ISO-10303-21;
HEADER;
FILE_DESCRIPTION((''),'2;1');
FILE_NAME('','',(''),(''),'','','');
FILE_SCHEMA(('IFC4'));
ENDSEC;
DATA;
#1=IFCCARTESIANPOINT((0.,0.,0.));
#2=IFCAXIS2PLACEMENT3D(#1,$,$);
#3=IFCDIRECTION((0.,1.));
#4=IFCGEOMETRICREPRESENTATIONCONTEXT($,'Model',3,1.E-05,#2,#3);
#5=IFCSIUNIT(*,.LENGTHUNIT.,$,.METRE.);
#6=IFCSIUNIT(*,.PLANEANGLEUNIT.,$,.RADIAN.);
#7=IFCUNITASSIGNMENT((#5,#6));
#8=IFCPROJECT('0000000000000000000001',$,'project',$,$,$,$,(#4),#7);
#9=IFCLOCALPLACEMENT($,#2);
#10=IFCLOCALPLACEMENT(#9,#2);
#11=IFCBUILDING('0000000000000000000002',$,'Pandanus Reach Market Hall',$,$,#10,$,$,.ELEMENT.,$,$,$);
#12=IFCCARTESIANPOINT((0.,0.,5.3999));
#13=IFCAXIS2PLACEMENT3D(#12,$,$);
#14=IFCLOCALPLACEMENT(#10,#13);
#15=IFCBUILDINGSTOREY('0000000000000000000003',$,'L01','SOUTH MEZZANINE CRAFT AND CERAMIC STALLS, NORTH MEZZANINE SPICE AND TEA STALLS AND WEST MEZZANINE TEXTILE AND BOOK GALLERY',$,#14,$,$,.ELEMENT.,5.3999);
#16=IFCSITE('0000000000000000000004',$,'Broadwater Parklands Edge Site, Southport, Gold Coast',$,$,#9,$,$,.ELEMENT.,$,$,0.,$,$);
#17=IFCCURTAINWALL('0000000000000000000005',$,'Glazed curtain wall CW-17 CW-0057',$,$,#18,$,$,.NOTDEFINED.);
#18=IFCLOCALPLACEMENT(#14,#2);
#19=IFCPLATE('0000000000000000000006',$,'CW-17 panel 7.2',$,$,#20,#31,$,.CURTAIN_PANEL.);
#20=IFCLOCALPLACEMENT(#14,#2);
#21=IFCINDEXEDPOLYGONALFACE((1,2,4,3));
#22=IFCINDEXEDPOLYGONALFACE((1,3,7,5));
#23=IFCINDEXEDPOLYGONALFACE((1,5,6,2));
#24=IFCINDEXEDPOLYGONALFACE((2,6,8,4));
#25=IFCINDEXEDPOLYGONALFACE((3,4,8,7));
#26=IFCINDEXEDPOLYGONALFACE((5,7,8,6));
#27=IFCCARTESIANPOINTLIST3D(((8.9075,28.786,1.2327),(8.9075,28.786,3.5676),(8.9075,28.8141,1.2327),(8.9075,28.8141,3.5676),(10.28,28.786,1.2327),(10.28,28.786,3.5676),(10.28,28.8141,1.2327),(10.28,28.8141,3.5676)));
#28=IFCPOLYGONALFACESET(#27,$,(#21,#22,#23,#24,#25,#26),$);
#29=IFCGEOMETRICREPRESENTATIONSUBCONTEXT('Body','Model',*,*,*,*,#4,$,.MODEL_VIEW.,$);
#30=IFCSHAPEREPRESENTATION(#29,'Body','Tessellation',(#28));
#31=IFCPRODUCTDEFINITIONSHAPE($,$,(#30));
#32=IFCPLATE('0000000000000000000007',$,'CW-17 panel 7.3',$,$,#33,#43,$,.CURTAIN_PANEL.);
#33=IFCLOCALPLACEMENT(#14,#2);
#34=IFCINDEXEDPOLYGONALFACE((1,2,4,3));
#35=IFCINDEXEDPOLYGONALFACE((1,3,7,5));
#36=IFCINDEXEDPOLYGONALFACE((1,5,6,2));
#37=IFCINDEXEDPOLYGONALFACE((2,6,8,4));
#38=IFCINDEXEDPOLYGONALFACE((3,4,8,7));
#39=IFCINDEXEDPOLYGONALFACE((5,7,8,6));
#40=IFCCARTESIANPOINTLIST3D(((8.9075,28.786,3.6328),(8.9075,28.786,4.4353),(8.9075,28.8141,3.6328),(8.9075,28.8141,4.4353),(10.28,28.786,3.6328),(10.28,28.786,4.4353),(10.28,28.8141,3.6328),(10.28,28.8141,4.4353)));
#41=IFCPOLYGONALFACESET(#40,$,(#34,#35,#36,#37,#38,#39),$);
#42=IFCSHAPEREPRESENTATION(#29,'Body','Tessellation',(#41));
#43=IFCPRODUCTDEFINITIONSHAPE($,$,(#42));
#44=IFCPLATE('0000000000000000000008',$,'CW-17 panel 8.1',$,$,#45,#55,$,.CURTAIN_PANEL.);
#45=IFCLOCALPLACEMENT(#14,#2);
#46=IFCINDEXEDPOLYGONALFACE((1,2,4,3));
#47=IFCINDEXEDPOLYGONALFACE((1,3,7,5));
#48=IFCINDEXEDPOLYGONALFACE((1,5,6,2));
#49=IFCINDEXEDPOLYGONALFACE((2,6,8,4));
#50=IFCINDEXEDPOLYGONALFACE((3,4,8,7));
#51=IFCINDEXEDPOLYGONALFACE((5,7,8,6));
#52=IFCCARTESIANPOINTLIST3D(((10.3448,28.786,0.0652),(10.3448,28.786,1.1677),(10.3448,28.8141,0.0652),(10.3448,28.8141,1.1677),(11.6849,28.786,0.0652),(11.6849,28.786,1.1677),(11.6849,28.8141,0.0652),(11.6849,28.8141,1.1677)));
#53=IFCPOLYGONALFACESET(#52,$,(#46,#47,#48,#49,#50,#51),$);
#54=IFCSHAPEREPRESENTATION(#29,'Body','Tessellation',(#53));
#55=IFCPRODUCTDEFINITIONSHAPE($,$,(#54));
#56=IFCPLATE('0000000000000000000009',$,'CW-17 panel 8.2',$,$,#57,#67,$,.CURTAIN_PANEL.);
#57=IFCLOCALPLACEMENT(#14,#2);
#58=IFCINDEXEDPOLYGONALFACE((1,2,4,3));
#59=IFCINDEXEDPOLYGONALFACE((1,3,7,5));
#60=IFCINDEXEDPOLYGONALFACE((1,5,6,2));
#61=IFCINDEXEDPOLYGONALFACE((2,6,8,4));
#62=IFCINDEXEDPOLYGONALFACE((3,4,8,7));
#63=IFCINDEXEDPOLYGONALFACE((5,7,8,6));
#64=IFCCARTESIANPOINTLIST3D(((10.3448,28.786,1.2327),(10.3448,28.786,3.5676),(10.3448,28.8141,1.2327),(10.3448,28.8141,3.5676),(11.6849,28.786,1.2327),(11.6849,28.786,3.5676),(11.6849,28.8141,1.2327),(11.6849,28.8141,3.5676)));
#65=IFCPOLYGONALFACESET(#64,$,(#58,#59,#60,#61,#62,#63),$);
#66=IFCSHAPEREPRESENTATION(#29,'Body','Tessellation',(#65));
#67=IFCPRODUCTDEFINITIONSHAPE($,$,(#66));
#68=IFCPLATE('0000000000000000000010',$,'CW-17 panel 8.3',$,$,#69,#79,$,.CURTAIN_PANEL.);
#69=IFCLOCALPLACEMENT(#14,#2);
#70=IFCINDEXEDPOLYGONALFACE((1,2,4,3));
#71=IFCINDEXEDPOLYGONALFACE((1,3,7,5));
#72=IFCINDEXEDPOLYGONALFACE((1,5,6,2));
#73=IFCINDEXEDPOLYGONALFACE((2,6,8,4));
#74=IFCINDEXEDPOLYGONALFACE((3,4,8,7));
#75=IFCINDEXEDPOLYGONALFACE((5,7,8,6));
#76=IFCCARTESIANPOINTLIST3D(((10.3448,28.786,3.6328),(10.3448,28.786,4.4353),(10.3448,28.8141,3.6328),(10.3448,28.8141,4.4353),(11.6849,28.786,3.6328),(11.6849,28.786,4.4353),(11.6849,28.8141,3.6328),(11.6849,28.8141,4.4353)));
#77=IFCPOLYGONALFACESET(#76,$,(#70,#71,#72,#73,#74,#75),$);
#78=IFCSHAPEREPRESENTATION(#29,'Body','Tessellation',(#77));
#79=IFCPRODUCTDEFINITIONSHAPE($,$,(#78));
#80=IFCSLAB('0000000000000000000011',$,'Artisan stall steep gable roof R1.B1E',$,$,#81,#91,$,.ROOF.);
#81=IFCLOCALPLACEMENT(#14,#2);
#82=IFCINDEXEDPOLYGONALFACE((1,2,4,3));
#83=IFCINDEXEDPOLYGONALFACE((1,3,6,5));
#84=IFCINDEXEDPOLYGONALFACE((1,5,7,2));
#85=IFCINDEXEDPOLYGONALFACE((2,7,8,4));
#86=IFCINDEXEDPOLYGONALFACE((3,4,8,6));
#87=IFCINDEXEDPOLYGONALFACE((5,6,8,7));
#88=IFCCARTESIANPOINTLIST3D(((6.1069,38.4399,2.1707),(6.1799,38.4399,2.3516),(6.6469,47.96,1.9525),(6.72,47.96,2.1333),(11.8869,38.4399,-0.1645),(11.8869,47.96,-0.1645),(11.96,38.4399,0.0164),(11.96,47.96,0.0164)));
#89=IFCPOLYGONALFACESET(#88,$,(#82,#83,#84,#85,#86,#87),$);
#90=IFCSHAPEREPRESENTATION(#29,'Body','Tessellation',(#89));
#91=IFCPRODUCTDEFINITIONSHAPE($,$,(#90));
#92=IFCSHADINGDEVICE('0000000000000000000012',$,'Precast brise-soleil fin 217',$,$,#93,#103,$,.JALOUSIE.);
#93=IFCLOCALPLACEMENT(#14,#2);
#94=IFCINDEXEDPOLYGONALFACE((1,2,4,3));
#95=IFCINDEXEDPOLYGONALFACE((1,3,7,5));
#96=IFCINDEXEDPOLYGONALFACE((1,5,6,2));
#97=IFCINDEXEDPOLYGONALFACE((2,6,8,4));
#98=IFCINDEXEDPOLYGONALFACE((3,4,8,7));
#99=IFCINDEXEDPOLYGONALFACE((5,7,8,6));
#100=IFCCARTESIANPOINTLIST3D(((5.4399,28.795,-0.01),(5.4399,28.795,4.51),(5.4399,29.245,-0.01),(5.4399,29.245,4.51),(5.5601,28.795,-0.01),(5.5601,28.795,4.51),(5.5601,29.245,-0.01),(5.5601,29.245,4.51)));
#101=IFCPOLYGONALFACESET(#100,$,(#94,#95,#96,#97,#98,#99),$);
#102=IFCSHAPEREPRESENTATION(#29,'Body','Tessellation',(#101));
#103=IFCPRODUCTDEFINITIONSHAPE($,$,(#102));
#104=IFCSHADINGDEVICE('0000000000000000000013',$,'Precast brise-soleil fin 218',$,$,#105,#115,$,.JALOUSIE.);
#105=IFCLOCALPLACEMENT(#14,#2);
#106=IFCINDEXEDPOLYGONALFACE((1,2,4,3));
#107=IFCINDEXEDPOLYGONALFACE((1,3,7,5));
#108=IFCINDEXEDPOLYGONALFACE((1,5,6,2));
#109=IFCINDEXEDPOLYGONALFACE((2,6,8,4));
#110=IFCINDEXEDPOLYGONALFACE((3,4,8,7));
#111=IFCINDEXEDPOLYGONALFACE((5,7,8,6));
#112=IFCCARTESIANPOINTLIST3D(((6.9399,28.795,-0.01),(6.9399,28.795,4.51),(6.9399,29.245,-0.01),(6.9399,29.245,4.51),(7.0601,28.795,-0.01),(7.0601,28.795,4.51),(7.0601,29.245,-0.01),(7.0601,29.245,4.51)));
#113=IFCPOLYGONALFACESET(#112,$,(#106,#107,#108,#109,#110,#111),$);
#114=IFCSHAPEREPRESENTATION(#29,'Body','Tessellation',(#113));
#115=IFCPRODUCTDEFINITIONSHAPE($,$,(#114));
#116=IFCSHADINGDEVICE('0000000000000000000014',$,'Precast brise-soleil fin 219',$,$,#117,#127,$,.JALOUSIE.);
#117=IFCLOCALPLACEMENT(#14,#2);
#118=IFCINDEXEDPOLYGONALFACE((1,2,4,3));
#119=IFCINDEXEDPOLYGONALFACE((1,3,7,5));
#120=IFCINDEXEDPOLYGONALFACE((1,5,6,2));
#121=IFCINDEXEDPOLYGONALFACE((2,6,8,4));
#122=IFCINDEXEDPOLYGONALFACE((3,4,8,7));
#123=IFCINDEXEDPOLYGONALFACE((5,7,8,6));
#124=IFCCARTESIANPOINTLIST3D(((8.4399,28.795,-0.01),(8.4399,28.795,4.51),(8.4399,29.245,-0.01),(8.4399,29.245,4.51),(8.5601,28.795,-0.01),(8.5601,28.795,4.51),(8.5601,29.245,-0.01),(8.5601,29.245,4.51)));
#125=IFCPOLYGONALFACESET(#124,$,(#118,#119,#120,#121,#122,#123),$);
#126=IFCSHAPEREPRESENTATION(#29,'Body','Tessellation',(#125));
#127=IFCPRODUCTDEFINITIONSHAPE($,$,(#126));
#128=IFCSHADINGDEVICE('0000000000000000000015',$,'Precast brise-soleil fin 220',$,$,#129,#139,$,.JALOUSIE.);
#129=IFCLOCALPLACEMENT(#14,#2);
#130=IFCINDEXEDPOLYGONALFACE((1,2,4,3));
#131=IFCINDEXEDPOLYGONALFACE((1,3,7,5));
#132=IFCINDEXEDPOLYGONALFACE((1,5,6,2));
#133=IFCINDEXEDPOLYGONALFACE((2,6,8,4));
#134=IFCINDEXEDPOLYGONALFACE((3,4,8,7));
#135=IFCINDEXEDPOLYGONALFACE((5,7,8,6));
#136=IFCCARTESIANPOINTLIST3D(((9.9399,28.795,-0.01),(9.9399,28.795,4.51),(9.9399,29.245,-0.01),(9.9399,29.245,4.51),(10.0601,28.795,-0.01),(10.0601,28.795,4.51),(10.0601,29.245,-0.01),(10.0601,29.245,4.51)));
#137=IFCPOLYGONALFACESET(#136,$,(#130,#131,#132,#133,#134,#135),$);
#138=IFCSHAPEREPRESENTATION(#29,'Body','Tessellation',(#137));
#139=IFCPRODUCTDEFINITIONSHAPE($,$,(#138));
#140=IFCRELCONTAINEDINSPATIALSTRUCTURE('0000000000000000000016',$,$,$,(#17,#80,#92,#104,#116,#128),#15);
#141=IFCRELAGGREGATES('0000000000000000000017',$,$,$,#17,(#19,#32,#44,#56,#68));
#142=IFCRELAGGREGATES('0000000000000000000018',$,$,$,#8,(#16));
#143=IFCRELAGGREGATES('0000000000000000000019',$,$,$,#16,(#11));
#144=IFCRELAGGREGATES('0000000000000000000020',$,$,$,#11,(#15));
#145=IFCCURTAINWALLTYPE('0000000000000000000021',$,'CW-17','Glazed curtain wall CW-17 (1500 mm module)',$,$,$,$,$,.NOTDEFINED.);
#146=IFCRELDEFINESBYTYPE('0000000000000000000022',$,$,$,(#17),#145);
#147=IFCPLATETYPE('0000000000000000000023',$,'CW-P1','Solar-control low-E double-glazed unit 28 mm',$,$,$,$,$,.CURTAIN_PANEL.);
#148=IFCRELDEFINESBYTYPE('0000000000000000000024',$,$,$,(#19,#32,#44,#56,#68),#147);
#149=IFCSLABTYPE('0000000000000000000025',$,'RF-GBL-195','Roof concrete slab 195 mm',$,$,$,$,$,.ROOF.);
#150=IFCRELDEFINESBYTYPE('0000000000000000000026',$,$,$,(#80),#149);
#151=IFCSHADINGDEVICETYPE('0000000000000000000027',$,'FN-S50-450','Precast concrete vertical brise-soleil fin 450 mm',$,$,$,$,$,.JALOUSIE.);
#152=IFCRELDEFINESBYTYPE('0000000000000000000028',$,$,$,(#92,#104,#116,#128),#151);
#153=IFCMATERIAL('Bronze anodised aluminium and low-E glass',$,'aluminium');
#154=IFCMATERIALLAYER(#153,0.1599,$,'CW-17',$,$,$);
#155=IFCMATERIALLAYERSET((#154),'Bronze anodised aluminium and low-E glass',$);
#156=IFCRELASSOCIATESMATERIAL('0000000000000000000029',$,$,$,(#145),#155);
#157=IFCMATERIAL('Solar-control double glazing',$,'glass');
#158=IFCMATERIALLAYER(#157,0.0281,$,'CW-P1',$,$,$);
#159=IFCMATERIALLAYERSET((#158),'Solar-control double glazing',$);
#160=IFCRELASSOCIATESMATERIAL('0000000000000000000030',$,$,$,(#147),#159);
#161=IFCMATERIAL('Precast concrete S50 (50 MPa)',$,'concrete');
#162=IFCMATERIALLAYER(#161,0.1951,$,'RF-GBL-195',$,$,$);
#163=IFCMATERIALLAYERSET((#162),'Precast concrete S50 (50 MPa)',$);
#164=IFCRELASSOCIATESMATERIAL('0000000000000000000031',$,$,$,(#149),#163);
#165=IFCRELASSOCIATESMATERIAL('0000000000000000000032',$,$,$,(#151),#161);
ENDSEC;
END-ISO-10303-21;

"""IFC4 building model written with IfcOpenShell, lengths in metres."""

from ifc_helpers import new_model, si_unit, direction, frame, origin, origin_2d, place, context, subcontext, project, spatial, polyline, rectangle, outline, extrude, material, layer, layer_set, type_object, element, aggregate, save


model = new_model("IFC4")

# Units and contexts
model_context = context("Model", 3, precision=1e-05, world=origin(), true_north=direction((0.0, 1.0)))
body_context = subcontext(model_context, "Body", "Model", "MODEL_VIEW")
ifc_project = project(units=[si_unit("LENGTHUNIT", "METRE"), si_unit("PLANEANGLEUNIT", "RADIAN")], contexts=[model_context])

# Site, building, storey
site_placement = place(None, origin())
site = spatial("IfcSite", under=ifc_project, at=site_placement, Name="Broadwater Parklands Edge Site, Southport, Gold Coast", CompositionType="ELEMENT", RefElevation=0.0)
building_placement = place(site_placement, origin())
building = spatial("IfcBuilding", under=site, at=building_placement, Name="Pandanus Reach Market Hall", CompositionType="ELEMENT")
storey_placement = place(building_placement, frame((0.0, 0.0, 5.3999)))
storey = spatial("IfcBuildingStorey", under=building, at=storey_placement, Name="L01", Description="SOUTH MEZZANINE CRAFT AND CERAMIC STALLS, NORTH MEZZANINE SPICE AND TEA STALLS AND WEST MEZZANINE TEXTILE AND BOOK GALLERY", CompositionType="ELEMENT", Elevation=5.3999)

# Curtain wall, plates
ifc_material_1 = material(Name="Bronze anodised aluminium and low-E glass", Category="aluminium")
ifc_layer_1 = layer(ifc_material_1, 0.1599, Name="CW-17")
ifc_layer_set_1 = layer_set([ifc_layer_1], Name="Bronze anodised aluminium and low-E glass")
curtain_wall_type = type_object("IfcCurtainWallType", Name="CW-17", Description="Glazed curtain wall CW-17 (1500 mm module)", PredefinedType="NOTDEFINED", material=ifc_layer_set_1)
curtain_wall_placement = place(storey_placement, origin())
curtain_wall = element("IfcCurtainWall", 1, at=curtain_wall_placement, inside=storey, type_object=curtain_wall_type, Name="Glazed curtain wall CW-17 CW-0057", PredefinedType="NOTDEFINED")
ifc_material_2 = material(Name="Solar-control double glazing", Category="glass")
ifc_layer_2 = layer(ifc_material_2, 0.0281, Name="CW-P1")
ifc_layer_set_2 = layer_set([ifc_layer_2], Name="Solar-control double glazing")
plate_type = type_object("IfcPlateType", Name="CW-P1", Description="Solar-control low-E double-glazed unit 28 mm", PredefinedType="CURTAIN_PANEL", material=ifc_layer_set_2)
plate_1_placement = place(storey_placement, frame((9.5938, 28.8, 1.2327), z_axis=(0.0, 0.0, 1.0), x_axis=(1.0, 0.0, 0.0)))
plate_1 = element("IfcPlate", 2, at=plate_1_placement, type_object=plate_type, Name="CW-17 panel 7.2", PredefinedType="CURTAIN_PANEL", context=body_context, shape_type="SweptSolid", body=[
    extrude(rectangle(XDim=1.3726, YDim=0.0281, at=origin_2d()), origin(), (0.0, 0.0, 1.0), 2.335),
])
plate_2_placement = place(storey_placement, frame((9.5938, 28.8, 3.6328), z_axis=(0.0, 0.0, 1.0), x_axis=(1.0, 0.0, 0.0)))
plate_2 = element("IfcPlate", 3, at=plate_2_placement, type_object=plate_type, Name="CW-17 panel 7.3", PredefinedType="CURTAIN_PANEL", context=body_context, shape_type="SweptSolid", body=[
    extrude(rectangle(XDim=1.3726, YDim=0.0281, at=origin_2d()), origin(), (0.0, 0.0, 1.0), 0.8025),
])
plate_3_placement = place(storey_placement, frame((11.0149, 28.8, 0.0652), z_axis=(0.0, 0.0, 1.0), x_axis=(1.0, 0.0, 0.0)))
plate_3 = element("IfcPlate", 4, at=plate_3_placement, type_object=plate_type, Name="CW-17 panel 8.1", PredefinedType="CURTAIN_PANEL", context=body_context, shape_type="SweptSolid", body=[
    extrude(rectangle(XDim=1.3401, YDim=0.0281, at=origin_2d()), origin(), (0.0, 0.0, 1.0), 1.1025),
])
plate_4_placement = place(storey_placement, frame((11.0149, 28.8, 1.2327), z_axis=(0.0, 0.0, 1.0), x_axis=(1.0, 0.0, 0.0)))
plate_4 = element("IfcPlate", 5, at=plate_4_placement, type_object=plate_type, Name="CW-17 panel 8.2", PredefinedType="CURTAIN_PANEL", context=body_context, shape_type="SweptSolid", body=[
    extrude(rectangle(XDim=1.3401, YDim=0.0281, at=origin_2d()), origin(), (0.0, 0.0, 1.0), 2.335),
])
plate_5_placement = place(storey_placement, frame((11.0149, 28.8, 3.6328), z_axis=(0.0, 0.0, 1.0), x_axis=(1.0, 0.0, 0.0)))
plate_5 = element("IfcPlate", 6, at=plate_5_placement, type_object=plate_type, Name="CW-17 panel 8.3", PredefinedType="CURTAIN_PANEL", context=body_context, shape_type="SweptSolid", body=[
    extrude(rectangle(XDim=1.3401, YDim=0.0281, at=origin_2d()), origin(), (0.0, 0.0, 1.0), 0.8025),
])
aggregate(curtain_wall, [plate_1, plate_2, plate_3, plate_4, plate_5])

# Slab
ifc_material_3 = material(Name="Precast concrete S50 (50 MPa)", Category="concrete")
ifc_layer_3 = layer(ifc_material_3, 0.1951, Name="RF-GBL-195")
ifc_layer_set_3 = layer_set([ifc_layer_3], Name="Precast concrete S50 (50 MPa)")
slab_type = type_object("IfcSlabType", Name="RF-GBL-195", Description="Roof concrete slab 195 mm", PredefinedType="ROOF", material=ifc_layer_set_3)
slab_placement = place(storey_placement, frame((6.1799, 38.4399, 2.3516), z_axis=(0.37459, 0.000004, 0.927191), x_axis=(0.927191, 0.0, -0.37459)))
element("IfcSlab", 7, at=slab_placement, inside=storey, type_object=slab_type, Name="Artisan stall steep gable roof R1.B1E", PredefinedType="ROOF", context=body_context, shape_type="SweptSolid", body=[
    extrude(outline(polyline([(0.0, 0.0), (6.2339, 0.0), (6.2339, 9.52), (0.5825, 9.52), (0.0, 0.0)])), origin(), (0.0, 0.0, -1.0), 0.1951),
])

# Shading devices
shading_device_type = type_object("IfcShadingDeviceType", Name="FN-S50-450", Description="Precast concrete vertical brise-soleil fin 450 mm", PredefinedType="JALOUSIE", material=ifc_material_3)
for number, where, z_axis, x_axis, name in (
    (8, (5.5, 29.02, -0.01), (0.0, 0.0, 1.0), (0.0, 1.0, 0.0), "Precast brise-soleil fin 217"),
    (9, (7.0, 29.02, -0.01), (0.0, 0.0, 1.0), (0.0, 1.0, 0.0), "Precast brise-soleil fin 218"),
    (10, (8.5, 29.02, -0.01), (0.0, 0.0, 1.0), (0.0, 1.0, 0.0), "Precast brise-soleil fin 219"),
    (11, (10.0, 29.02, -0.01), (0.0, 0.0, 1.0), (0.0, 1.0, 0.0), "Precast brise-soleil fin 220"),
):
    element("IfcShadingDevice", number, at=place(storey_placement, frame(where, z_axis=z_axis, x_axis=x_axis)), inside=storey, type_object=shading_device_type, Name=name, PredefinedType="JALOUSIE", context=body_context, shape_type="SweptSolid", body=[
        extrude(rectangle(XDim=0.45, YDim=0.1201, at=origin_2d()), origin(), (0.0, 0.0, 1.0), 4.52),
    ])

save(model, "model.ifc")
